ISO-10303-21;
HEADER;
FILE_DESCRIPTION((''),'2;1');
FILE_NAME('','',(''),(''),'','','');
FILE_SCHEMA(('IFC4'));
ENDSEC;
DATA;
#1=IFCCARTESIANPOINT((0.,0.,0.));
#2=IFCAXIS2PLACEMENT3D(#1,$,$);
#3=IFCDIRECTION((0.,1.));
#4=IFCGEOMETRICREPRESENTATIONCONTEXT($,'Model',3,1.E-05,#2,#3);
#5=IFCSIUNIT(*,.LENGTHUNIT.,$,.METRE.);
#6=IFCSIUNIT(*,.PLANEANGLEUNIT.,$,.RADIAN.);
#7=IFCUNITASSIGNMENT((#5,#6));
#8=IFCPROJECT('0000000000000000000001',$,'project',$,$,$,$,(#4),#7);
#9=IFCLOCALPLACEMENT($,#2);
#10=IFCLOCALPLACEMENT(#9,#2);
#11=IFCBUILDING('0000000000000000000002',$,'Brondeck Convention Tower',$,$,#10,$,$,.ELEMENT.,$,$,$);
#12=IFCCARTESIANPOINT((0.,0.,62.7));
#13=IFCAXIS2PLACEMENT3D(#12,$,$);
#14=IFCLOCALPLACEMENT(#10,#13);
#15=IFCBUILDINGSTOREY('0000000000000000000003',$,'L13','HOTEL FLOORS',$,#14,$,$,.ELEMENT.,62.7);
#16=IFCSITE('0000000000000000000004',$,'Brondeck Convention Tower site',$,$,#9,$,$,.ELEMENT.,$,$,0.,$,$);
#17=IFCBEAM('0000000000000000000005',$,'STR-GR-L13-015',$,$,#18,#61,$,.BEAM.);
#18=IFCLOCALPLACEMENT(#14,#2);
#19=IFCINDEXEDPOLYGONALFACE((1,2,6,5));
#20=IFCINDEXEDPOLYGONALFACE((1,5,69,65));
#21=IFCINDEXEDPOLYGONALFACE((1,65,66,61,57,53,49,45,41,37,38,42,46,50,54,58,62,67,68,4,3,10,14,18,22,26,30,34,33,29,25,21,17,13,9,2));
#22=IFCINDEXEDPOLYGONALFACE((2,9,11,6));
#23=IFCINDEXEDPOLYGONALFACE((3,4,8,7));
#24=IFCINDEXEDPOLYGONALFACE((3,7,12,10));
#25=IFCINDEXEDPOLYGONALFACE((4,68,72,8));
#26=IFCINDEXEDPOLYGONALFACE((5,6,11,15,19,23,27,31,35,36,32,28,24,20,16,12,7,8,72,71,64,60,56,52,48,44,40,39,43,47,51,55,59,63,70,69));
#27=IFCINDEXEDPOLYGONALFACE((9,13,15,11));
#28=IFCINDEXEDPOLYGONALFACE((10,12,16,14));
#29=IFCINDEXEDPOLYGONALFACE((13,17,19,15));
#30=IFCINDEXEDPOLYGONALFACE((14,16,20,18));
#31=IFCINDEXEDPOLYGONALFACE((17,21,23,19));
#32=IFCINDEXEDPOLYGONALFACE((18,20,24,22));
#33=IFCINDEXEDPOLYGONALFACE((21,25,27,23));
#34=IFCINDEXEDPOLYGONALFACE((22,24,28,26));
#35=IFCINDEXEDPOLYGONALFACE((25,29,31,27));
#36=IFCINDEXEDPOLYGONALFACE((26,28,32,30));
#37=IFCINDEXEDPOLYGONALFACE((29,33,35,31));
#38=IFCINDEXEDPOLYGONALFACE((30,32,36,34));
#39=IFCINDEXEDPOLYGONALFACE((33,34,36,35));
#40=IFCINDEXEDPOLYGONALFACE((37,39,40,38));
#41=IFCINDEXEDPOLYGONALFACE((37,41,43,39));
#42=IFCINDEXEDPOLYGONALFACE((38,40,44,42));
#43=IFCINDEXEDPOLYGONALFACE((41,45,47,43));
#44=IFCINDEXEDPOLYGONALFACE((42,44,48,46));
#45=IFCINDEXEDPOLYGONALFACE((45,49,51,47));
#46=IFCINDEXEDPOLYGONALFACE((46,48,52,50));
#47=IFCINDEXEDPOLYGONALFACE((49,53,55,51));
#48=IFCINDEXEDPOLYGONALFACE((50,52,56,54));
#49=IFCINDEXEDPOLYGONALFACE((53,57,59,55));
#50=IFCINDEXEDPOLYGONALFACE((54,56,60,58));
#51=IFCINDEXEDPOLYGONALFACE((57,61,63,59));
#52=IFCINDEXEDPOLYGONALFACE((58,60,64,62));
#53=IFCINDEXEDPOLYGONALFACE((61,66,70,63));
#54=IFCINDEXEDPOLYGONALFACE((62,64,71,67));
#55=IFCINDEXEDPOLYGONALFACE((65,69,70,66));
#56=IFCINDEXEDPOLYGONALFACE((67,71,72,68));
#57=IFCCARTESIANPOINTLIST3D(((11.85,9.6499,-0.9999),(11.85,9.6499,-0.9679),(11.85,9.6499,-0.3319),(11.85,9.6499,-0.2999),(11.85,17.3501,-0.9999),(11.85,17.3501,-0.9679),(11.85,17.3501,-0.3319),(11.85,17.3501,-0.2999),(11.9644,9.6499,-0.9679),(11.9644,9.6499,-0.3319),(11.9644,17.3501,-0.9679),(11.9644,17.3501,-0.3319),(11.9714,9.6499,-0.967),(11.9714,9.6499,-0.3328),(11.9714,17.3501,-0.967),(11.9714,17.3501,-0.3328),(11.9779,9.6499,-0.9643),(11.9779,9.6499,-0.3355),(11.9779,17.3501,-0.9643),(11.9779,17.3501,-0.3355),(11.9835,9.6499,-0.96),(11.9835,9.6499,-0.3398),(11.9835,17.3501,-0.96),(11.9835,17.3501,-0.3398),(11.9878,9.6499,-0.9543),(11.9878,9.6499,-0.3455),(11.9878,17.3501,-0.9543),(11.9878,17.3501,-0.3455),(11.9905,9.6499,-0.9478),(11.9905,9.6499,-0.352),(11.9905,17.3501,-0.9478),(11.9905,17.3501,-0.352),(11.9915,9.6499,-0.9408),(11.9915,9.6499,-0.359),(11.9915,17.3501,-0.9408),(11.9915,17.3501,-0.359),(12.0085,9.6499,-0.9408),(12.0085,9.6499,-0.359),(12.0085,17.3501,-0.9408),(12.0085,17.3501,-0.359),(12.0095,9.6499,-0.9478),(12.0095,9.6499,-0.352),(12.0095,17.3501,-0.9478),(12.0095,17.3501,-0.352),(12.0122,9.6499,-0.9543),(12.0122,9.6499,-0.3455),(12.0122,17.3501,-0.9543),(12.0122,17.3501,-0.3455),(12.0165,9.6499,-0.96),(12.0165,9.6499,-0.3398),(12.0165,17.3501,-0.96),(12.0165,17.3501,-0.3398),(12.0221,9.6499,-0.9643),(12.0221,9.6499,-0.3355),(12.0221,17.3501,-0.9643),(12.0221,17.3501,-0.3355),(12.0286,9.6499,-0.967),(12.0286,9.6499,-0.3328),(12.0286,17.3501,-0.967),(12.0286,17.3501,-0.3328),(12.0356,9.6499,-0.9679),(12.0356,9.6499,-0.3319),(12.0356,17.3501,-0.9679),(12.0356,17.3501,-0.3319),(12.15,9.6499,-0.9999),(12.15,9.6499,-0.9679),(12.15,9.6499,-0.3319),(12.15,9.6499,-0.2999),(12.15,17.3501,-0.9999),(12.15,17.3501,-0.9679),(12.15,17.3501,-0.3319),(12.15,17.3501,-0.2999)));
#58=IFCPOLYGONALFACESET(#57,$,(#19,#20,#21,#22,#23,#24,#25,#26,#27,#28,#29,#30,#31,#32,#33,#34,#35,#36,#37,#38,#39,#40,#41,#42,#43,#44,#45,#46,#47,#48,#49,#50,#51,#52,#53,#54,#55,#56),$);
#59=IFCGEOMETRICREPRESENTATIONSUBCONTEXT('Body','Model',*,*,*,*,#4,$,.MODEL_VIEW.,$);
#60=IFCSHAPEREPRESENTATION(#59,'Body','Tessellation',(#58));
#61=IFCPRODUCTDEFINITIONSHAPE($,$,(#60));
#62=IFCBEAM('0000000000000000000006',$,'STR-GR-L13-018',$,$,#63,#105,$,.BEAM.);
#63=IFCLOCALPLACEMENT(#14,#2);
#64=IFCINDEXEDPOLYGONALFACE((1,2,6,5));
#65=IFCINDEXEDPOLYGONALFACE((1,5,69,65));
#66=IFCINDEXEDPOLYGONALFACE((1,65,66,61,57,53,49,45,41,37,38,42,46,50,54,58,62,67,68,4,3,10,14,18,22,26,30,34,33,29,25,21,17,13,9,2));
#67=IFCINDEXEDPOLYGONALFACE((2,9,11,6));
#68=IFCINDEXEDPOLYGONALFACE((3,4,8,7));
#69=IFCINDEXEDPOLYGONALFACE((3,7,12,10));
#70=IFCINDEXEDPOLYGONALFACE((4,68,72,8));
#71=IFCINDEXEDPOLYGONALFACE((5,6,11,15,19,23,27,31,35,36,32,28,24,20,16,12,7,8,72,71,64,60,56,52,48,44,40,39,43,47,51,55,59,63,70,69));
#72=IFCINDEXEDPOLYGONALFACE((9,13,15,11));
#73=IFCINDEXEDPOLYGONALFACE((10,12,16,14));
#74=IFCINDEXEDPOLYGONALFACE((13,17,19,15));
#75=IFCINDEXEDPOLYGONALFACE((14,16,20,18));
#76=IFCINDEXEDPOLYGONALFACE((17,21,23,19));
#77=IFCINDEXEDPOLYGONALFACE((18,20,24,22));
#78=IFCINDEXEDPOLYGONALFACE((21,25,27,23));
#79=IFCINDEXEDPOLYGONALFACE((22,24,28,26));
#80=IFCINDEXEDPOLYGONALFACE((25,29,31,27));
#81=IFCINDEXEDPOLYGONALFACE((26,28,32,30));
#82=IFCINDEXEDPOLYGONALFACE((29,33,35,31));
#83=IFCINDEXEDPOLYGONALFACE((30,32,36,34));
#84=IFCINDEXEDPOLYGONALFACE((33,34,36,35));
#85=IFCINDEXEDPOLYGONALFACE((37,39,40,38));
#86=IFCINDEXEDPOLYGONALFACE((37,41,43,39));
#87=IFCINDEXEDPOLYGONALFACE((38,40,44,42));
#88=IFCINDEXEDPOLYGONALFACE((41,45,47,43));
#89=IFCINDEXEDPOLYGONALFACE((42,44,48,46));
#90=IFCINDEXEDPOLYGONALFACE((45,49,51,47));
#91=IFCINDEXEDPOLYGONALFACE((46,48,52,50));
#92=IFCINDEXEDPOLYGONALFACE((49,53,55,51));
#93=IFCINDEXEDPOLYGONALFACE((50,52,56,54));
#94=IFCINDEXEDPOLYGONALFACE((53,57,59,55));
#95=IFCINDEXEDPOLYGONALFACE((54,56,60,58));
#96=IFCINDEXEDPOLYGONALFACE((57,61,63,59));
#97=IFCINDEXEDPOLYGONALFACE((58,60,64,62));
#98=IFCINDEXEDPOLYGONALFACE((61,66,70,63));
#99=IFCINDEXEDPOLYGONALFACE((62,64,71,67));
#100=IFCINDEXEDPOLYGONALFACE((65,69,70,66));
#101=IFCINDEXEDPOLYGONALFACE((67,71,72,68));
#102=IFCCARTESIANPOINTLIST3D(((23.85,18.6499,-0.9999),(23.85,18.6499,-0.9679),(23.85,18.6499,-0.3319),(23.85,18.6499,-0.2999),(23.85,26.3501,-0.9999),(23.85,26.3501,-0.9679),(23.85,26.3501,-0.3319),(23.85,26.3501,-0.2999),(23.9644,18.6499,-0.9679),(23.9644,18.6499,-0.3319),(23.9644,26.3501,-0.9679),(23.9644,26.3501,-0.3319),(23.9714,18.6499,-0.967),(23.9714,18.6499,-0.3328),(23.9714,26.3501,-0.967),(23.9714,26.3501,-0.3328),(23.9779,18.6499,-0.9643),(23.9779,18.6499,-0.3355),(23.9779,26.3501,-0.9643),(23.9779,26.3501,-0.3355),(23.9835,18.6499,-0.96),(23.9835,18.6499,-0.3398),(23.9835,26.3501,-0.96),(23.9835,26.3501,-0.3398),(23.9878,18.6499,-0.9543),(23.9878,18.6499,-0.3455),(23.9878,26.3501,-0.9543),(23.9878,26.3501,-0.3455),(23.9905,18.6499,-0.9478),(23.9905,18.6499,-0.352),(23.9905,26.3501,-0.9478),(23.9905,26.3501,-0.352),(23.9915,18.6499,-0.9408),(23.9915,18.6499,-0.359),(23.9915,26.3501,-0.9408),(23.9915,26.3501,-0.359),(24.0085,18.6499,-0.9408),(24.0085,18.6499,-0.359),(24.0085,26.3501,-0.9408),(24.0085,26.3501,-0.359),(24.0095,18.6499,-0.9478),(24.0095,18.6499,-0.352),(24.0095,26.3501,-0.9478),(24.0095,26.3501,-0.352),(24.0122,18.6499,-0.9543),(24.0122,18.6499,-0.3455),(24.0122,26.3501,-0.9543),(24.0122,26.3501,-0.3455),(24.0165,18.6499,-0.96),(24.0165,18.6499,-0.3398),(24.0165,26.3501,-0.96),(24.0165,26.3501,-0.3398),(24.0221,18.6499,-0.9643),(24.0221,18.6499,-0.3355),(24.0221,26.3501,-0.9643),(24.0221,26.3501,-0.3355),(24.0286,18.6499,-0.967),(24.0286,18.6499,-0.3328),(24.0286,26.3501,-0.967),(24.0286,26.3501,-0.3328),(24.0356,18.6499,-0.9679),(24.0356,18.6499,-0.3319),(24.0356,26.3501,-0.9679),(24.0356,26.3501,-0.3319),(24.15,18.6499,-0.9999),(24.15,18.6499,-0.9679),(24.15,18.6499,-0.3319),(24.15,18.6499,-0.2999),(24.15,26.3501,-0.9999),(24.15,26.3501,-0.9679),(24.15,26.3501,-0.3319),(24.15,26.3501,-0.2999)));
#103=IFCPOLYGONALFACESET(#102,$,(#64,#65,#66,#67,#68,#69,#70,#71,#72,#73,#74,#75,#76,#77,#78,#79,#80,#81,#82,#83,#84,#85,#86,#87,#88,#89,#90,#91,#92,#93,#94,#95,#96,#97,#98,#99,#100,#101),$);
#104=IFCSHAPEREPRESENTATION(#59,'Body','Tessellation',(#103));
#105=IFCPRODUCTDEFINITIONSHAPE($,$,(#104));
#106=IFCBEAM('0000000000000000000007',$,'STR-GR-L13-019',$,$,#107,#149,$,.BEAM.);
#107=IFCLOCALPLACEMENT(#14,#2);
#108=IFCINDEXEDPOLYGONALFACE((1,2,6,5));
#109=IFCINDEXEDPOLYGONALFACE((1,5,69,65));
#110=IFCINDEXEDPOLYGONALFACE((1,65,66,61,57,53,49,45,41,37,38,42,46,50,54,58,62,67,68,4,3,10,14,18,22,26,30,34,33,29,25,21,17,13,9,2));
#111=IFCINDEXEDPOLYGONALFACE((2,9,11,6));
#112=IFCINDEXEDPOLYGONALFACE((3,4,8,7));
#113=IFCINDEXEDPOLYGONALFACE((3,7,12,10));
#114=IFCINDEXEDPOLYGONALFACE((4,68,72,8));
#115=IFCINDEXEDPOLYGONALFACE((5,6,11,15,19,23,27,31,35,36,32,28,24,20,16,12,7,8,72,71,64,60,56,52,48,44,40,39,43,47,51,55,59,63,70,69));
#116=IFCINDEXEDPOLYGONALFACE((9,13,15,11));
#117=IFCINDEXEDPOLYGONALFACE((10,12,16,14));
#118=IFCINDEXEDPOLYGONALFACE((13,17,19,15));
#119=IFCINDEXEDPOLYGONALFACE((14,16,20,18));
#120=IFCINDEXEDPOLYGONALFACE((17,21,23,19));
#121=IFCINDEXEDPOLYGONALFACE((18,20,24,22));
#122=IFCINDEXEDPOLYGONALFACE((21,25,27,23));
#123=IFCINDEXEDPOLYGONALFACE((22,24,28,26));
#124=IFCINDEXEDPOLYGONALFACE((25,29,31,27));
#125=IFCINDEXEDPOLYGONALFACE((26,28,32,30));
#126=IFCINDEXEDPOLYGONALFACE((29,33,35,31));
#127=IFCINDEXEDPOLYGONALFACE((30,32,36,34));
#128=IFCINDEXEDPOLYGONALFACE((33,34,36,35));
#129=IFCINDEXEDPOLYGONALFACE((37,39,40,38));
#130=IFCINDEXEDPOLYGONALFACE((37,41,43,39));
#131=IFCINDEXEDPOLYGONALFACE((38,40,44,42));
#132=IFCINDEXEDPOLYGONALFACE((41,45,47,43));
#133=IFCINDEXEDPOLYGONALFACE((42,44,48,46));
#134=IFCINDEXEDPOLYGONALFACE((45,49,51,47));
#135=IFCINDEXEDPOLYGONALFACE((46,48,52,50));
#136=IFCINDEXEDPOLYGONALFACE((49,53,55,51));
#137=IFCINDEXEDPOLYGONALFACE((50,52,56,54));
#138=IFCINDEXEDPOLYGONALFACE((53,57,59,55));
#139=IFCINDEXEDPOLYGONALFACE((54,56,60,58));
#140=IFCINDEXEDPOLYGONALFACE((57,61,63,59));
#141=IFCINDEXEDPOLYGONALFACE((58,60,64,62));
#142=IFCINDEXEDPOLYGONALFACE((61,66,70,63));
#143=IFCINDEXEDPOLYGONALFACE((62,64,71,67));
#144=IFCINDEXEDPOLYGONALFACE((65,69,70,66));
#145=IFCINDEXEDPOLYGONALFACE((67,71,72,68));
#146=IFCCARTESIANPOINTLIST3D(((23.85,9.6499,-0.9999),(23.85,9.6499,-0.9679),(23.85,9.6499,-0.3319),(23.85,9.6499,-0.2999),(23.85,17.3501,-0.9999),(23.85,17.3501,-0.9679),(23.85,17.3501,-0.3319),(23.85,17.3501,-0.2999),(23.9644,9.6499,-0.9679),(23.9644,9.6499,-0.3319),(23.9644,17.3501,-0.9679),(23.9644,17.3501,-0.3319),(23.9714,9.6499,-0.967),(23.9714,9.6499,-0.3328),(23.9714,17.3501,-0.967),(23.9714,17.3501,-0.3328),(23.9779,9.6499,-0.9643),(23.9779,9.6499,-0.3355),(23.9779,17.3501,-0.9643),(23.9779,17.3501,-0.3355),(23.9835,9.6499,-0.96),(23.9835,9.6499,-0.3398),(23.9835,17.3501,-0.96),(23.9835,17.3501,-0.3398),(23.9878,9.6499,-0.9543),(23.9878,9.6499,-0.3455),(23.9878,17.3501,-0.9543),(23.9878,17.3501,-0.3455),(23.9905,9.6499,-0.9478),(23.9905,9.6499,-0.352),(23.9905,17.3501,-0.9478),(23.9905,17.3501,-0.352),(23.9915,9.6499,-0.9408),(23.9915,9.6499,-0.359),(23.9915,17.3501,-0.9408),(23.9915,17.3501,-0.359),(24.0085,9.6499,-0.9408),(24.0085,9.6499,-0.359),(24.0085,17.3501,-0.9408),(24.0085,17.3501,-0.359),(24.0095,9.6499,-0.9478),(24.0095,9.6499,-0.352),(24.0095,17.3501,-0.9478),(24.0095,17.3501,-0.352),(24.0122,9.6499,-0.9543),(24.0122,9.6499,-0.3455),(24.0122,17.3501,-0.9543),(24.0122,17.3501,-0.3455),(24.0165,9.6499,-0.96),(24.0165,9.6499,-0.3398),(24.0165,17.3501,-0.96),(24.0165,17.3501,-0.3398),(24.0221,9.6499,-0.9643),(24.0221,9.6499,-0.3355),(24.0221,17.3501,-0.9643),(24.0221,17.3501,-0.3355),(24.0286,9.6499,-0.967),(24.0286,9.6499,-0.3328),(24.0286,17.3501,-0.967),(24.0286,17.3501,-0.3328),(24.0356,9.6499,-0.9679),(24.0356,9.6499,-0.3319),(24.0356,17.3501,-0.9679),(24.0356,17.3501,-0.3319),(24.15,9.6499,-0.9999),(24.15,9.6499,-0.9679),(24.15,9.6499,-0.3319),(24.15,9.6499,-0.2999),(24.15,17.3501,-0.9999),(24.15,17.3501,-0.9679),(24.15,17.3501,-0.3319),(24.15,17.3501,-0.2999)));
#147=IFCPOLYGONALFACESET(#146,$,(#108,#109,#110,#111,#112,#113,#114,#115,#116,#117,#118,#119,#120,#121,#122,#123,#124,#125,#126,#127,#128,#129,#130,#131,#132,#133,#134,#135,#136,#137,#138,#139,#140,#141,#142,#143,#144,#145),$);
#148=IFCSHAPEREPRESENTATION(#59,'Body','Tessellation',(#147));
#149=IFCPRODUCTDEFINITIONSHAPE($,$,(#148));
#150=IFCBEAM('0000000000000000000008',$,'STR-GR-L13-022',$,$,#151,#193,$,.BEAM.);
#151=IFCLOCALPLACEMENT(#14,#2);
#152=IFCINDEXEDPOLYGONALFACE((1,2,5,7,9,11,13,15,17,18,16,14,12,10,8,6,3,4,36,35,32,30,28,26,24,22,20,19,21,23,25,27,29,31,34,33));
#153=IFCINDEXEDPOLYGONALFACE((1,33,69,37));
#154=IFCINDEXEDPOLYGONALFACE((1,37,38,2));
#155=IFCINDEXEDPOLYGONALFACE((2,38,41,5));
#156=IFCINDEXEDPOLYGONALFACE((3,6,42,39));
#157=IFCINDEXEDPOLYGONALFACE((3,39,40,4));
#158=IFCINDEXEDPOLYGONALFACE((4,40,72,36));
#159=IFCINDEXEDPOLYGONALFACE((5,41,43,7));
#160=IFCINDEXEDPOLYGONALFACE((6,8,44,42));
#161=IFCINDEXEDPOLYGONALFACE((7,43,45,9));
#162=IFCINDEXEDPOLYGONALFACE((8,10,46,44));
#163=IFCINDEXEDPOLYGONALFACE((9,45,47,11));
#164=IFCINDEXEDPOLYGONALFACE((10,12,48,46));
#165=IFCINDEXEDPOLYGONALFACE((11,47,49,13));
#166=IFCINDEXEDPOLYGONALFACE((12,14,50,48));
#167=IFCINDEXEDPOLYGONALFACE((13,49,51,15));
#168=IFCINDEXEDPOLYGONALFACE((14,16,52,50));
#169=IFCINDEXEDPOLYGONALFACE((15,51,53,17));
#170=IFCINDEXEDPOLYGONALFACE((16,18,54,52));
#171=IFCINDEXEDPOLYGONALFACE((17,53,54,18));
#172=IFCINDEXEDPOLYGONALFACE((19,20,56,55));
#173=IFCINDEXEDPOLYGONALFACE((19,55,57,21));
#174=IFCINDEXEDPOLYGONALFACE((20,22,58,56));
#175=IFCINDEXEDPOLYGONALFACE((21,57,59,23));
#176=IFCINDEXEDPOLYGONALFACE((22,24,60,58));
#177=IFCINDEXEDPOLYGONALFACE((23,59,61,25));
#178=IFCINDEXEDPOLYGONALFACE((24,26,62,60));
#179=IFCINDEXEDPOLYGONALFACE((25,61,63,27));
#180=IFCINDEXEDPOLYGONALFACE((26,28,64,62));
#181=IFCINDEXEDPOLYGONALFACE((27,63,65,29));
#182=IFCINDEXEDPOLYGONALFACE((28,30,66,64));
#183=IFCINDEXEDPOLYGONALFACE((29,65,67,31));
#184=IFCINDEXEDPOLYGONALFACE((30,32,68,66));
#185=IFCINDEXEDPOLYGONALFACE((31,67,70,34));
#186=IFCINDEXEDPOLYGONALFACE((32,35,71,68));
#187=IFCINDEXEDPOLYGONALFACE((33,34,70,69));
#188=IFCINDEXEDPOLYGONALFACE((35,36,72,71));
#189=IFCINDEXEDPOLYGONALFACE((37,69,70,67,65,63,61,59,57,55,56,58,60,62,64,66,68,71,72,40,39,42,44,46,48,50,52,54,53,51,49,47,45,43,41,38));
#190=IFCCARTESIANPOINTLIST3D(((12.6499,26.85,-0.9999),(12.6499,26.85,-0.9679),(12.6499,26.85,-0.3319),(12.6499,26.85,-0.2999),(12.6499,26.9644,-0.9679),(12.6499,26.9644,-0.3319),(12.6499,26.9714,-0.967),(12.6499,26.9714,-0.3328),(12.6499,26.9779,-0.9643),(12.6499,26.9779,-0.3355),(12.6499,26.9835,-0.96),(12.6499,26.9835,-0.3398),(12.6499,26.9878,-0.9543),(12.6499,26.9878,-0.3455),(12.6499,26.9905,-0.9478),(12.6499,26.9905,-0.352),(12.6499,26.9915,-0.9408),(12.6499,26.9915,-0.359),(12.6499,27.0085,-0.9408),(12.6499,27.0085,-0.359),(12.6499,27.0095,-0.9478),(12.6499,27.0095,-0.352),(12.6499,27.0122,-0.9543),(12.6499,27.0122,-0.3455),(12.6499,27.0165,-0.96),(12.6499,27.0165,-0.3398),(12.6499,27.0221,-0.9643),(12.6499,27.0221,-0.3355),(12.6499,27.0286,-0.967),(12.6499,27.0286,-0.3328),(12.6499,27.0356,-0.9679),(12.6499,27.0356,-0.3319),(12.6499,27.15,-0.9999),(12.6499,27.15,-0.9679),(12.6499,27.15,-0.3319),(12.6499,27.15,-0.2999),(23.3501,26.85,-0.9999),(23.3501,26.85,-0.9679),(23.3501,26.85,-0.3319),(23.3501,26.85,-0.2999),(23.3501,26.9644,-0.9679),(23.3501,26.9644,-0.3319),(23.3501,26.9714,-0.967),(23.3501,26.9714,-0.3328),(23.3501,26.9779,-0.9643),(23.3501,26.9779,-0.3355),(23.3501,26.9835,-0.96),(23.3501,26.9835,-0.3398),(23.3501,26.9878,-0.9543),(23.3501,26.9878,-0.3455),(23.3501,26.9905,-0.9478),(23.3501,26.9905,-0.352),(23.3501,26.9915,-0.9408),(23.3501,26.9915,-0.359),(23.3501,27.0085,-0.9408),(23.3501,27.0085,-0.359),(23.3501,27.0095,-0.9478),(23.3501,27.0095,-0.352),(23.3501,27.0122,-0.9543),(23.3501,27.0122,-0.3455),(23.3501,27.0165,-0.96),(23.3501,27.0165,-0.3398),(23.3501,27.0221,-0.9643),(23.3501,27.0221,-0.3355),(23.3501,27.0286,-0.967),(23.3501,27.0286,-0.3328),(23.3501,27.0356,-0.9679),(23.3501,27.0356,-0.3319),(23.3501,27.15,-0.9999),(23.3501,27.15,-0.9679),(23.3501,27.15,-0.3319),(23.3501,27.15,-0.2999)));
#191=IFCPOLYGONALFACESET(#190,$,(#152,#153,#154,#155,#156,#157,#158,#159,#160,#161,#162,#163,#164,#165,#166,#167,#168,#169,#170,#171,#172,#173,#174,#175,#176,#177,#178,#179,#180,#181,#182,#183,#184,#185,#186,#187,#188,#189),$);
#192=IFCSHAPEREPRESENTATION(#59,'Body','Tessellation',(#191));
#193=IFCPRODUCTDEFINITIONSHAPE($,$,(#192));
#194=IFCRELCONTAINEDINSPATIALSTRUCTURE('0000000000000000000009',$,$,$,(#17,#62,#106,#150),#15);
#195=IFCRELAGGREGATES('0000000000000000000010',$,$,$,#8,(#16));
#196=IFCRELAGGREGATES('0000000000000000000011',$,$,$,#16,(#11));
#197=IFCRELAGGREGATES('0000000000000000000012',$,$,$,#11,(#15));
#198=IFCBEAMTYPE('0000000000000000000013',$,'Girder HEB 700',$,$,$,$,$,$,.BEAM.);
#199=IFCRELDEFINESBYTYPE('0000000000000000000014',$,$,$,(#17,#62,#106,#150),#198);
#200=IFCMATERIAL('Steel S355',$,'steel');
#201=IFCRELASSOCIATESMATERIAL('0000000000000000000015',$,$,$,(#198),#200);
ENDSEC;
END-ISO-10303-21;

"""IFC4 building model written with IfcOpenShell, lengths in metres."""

from ifc_helpers import new_model, si_unit, direction, frame, origin, origin_2d, place, context, subcontext, project, spatial, i_section, extrude, material, material_profile, profile_set, type_object, element, save


model = new_model("IFC4")

# Units and contexts
model_context = context("Model", 3, precision=1e-05, world=origin(), true_north=direction((0.0, 1.0)))
body_context = subcontext(model_context, "Body", "Model", "MODEL_VIEW")
ifc_project = project(units=[si_unit("LENGTHUNIT", "METRE"), si_unit("PLANEANGLEUNIT", "RADIAN")], contexts=[model_context])

# Site, building, storey
site_placement = place(None, origin())
site = spatial("IfcSite", under=ifc_project, at=site_placement, Name="Brondeck Convention Tower site", CompositionType="ELEMENT", RefElevation=0.0)
building_placement = place(site_placement, origin())
building = spatial("IfcBuilding", under=site, at=building_placement, Name="Brondeck Convention Tower", CompositionType="ELEMENT")
storey_placement = place(building_placement, frame((0.0, 0.0, 62.7)))
storey = spatial("IfcBuildingStorey", under=building, at=storey_placement, Name="L13", Description="HOTEL FLOORS", CompositionType="ELEMENT", Elevation=62.7)

# Beams
ifc_material_1 = material(Name="Steel S355", Category="steel")
ifc_material_profile_1 = material_profile(ifc_material_1, i_section(OverallWidth=0.3, OverallDepth=0.7, WebThickness=0.0171, FlangeThickness=0.032, FilletRadius=0.0271, at=origin_2d()), Name="HEB 700")
ifc_profile_set_1 = profile_set([ifc_material_profile_1], Name="Steel S355")
beam_type_1 = type_object("IfcBeamType", Name="Girder HEB 700", PredefinedType="BEAM", material=ifc_profile_set_1)
for number, where, z_axis, x_axis, name in (
    (1, (12.0, 17.3501, -0.6499), (0.0, -1.0, 0.0), (1.0, 0.0, 0.0), "STR-GR-L13-015"),
    (2, (24.0, 26.3501, -0.6499), (0.0, -1.0, 0.0), (1.0, 0.0, 0.0), "STR-GR-L13-018"),
    (3, (24.0, 17.3501, -0.6499), (0.0, -1.0, 0.0), (1.0, 0.0, 0.0), "STR-GR-L13-019"),
):
    element("IfcBeam", number, at=place(storey_placement, frame(where, z_axis=z_axis, x_axis=x_axis)), inside=storey, type_object=beam_type_1, Name=name, PredefinedType="BEAM", context=body_context, shape_type="SweptSolid", body=[
        extrude(i_section(OverallWidth=0.3, OverallDepth=0.7, WebThickness=0.0171, FlangeThickness=0.032, FilletRadius=0.0271, at=origin_2d()), origin(), (0.0, 0.0, 1.0), 7.7002),
    ])
beam_1_placement = place(storey_placement, frame((12.6499, 27.0, -0.6499), z_axis=(1.0, 0.0, 0.0), x_axis=(0.0, 1.0, 0.0)))
element("IfcBeam", 4, at=beam_1_placement, inside=storey, type_object=beam_type_1, Name="STR-GR-L13-022", PredefinedType="BEAM", context=body_context, shape_type="SweptSolid", body=[
    extrude(i_section(OverallWidth=0.3, OverallDepth=0.7, WebThickness=0.0171, FlangeThickness=0.032, FilletRadius=0.0271, at=origin_2d()), origin(), (0.0, 0.0, 1.0), 10.7002),
])

save(model, "model.ifc")
